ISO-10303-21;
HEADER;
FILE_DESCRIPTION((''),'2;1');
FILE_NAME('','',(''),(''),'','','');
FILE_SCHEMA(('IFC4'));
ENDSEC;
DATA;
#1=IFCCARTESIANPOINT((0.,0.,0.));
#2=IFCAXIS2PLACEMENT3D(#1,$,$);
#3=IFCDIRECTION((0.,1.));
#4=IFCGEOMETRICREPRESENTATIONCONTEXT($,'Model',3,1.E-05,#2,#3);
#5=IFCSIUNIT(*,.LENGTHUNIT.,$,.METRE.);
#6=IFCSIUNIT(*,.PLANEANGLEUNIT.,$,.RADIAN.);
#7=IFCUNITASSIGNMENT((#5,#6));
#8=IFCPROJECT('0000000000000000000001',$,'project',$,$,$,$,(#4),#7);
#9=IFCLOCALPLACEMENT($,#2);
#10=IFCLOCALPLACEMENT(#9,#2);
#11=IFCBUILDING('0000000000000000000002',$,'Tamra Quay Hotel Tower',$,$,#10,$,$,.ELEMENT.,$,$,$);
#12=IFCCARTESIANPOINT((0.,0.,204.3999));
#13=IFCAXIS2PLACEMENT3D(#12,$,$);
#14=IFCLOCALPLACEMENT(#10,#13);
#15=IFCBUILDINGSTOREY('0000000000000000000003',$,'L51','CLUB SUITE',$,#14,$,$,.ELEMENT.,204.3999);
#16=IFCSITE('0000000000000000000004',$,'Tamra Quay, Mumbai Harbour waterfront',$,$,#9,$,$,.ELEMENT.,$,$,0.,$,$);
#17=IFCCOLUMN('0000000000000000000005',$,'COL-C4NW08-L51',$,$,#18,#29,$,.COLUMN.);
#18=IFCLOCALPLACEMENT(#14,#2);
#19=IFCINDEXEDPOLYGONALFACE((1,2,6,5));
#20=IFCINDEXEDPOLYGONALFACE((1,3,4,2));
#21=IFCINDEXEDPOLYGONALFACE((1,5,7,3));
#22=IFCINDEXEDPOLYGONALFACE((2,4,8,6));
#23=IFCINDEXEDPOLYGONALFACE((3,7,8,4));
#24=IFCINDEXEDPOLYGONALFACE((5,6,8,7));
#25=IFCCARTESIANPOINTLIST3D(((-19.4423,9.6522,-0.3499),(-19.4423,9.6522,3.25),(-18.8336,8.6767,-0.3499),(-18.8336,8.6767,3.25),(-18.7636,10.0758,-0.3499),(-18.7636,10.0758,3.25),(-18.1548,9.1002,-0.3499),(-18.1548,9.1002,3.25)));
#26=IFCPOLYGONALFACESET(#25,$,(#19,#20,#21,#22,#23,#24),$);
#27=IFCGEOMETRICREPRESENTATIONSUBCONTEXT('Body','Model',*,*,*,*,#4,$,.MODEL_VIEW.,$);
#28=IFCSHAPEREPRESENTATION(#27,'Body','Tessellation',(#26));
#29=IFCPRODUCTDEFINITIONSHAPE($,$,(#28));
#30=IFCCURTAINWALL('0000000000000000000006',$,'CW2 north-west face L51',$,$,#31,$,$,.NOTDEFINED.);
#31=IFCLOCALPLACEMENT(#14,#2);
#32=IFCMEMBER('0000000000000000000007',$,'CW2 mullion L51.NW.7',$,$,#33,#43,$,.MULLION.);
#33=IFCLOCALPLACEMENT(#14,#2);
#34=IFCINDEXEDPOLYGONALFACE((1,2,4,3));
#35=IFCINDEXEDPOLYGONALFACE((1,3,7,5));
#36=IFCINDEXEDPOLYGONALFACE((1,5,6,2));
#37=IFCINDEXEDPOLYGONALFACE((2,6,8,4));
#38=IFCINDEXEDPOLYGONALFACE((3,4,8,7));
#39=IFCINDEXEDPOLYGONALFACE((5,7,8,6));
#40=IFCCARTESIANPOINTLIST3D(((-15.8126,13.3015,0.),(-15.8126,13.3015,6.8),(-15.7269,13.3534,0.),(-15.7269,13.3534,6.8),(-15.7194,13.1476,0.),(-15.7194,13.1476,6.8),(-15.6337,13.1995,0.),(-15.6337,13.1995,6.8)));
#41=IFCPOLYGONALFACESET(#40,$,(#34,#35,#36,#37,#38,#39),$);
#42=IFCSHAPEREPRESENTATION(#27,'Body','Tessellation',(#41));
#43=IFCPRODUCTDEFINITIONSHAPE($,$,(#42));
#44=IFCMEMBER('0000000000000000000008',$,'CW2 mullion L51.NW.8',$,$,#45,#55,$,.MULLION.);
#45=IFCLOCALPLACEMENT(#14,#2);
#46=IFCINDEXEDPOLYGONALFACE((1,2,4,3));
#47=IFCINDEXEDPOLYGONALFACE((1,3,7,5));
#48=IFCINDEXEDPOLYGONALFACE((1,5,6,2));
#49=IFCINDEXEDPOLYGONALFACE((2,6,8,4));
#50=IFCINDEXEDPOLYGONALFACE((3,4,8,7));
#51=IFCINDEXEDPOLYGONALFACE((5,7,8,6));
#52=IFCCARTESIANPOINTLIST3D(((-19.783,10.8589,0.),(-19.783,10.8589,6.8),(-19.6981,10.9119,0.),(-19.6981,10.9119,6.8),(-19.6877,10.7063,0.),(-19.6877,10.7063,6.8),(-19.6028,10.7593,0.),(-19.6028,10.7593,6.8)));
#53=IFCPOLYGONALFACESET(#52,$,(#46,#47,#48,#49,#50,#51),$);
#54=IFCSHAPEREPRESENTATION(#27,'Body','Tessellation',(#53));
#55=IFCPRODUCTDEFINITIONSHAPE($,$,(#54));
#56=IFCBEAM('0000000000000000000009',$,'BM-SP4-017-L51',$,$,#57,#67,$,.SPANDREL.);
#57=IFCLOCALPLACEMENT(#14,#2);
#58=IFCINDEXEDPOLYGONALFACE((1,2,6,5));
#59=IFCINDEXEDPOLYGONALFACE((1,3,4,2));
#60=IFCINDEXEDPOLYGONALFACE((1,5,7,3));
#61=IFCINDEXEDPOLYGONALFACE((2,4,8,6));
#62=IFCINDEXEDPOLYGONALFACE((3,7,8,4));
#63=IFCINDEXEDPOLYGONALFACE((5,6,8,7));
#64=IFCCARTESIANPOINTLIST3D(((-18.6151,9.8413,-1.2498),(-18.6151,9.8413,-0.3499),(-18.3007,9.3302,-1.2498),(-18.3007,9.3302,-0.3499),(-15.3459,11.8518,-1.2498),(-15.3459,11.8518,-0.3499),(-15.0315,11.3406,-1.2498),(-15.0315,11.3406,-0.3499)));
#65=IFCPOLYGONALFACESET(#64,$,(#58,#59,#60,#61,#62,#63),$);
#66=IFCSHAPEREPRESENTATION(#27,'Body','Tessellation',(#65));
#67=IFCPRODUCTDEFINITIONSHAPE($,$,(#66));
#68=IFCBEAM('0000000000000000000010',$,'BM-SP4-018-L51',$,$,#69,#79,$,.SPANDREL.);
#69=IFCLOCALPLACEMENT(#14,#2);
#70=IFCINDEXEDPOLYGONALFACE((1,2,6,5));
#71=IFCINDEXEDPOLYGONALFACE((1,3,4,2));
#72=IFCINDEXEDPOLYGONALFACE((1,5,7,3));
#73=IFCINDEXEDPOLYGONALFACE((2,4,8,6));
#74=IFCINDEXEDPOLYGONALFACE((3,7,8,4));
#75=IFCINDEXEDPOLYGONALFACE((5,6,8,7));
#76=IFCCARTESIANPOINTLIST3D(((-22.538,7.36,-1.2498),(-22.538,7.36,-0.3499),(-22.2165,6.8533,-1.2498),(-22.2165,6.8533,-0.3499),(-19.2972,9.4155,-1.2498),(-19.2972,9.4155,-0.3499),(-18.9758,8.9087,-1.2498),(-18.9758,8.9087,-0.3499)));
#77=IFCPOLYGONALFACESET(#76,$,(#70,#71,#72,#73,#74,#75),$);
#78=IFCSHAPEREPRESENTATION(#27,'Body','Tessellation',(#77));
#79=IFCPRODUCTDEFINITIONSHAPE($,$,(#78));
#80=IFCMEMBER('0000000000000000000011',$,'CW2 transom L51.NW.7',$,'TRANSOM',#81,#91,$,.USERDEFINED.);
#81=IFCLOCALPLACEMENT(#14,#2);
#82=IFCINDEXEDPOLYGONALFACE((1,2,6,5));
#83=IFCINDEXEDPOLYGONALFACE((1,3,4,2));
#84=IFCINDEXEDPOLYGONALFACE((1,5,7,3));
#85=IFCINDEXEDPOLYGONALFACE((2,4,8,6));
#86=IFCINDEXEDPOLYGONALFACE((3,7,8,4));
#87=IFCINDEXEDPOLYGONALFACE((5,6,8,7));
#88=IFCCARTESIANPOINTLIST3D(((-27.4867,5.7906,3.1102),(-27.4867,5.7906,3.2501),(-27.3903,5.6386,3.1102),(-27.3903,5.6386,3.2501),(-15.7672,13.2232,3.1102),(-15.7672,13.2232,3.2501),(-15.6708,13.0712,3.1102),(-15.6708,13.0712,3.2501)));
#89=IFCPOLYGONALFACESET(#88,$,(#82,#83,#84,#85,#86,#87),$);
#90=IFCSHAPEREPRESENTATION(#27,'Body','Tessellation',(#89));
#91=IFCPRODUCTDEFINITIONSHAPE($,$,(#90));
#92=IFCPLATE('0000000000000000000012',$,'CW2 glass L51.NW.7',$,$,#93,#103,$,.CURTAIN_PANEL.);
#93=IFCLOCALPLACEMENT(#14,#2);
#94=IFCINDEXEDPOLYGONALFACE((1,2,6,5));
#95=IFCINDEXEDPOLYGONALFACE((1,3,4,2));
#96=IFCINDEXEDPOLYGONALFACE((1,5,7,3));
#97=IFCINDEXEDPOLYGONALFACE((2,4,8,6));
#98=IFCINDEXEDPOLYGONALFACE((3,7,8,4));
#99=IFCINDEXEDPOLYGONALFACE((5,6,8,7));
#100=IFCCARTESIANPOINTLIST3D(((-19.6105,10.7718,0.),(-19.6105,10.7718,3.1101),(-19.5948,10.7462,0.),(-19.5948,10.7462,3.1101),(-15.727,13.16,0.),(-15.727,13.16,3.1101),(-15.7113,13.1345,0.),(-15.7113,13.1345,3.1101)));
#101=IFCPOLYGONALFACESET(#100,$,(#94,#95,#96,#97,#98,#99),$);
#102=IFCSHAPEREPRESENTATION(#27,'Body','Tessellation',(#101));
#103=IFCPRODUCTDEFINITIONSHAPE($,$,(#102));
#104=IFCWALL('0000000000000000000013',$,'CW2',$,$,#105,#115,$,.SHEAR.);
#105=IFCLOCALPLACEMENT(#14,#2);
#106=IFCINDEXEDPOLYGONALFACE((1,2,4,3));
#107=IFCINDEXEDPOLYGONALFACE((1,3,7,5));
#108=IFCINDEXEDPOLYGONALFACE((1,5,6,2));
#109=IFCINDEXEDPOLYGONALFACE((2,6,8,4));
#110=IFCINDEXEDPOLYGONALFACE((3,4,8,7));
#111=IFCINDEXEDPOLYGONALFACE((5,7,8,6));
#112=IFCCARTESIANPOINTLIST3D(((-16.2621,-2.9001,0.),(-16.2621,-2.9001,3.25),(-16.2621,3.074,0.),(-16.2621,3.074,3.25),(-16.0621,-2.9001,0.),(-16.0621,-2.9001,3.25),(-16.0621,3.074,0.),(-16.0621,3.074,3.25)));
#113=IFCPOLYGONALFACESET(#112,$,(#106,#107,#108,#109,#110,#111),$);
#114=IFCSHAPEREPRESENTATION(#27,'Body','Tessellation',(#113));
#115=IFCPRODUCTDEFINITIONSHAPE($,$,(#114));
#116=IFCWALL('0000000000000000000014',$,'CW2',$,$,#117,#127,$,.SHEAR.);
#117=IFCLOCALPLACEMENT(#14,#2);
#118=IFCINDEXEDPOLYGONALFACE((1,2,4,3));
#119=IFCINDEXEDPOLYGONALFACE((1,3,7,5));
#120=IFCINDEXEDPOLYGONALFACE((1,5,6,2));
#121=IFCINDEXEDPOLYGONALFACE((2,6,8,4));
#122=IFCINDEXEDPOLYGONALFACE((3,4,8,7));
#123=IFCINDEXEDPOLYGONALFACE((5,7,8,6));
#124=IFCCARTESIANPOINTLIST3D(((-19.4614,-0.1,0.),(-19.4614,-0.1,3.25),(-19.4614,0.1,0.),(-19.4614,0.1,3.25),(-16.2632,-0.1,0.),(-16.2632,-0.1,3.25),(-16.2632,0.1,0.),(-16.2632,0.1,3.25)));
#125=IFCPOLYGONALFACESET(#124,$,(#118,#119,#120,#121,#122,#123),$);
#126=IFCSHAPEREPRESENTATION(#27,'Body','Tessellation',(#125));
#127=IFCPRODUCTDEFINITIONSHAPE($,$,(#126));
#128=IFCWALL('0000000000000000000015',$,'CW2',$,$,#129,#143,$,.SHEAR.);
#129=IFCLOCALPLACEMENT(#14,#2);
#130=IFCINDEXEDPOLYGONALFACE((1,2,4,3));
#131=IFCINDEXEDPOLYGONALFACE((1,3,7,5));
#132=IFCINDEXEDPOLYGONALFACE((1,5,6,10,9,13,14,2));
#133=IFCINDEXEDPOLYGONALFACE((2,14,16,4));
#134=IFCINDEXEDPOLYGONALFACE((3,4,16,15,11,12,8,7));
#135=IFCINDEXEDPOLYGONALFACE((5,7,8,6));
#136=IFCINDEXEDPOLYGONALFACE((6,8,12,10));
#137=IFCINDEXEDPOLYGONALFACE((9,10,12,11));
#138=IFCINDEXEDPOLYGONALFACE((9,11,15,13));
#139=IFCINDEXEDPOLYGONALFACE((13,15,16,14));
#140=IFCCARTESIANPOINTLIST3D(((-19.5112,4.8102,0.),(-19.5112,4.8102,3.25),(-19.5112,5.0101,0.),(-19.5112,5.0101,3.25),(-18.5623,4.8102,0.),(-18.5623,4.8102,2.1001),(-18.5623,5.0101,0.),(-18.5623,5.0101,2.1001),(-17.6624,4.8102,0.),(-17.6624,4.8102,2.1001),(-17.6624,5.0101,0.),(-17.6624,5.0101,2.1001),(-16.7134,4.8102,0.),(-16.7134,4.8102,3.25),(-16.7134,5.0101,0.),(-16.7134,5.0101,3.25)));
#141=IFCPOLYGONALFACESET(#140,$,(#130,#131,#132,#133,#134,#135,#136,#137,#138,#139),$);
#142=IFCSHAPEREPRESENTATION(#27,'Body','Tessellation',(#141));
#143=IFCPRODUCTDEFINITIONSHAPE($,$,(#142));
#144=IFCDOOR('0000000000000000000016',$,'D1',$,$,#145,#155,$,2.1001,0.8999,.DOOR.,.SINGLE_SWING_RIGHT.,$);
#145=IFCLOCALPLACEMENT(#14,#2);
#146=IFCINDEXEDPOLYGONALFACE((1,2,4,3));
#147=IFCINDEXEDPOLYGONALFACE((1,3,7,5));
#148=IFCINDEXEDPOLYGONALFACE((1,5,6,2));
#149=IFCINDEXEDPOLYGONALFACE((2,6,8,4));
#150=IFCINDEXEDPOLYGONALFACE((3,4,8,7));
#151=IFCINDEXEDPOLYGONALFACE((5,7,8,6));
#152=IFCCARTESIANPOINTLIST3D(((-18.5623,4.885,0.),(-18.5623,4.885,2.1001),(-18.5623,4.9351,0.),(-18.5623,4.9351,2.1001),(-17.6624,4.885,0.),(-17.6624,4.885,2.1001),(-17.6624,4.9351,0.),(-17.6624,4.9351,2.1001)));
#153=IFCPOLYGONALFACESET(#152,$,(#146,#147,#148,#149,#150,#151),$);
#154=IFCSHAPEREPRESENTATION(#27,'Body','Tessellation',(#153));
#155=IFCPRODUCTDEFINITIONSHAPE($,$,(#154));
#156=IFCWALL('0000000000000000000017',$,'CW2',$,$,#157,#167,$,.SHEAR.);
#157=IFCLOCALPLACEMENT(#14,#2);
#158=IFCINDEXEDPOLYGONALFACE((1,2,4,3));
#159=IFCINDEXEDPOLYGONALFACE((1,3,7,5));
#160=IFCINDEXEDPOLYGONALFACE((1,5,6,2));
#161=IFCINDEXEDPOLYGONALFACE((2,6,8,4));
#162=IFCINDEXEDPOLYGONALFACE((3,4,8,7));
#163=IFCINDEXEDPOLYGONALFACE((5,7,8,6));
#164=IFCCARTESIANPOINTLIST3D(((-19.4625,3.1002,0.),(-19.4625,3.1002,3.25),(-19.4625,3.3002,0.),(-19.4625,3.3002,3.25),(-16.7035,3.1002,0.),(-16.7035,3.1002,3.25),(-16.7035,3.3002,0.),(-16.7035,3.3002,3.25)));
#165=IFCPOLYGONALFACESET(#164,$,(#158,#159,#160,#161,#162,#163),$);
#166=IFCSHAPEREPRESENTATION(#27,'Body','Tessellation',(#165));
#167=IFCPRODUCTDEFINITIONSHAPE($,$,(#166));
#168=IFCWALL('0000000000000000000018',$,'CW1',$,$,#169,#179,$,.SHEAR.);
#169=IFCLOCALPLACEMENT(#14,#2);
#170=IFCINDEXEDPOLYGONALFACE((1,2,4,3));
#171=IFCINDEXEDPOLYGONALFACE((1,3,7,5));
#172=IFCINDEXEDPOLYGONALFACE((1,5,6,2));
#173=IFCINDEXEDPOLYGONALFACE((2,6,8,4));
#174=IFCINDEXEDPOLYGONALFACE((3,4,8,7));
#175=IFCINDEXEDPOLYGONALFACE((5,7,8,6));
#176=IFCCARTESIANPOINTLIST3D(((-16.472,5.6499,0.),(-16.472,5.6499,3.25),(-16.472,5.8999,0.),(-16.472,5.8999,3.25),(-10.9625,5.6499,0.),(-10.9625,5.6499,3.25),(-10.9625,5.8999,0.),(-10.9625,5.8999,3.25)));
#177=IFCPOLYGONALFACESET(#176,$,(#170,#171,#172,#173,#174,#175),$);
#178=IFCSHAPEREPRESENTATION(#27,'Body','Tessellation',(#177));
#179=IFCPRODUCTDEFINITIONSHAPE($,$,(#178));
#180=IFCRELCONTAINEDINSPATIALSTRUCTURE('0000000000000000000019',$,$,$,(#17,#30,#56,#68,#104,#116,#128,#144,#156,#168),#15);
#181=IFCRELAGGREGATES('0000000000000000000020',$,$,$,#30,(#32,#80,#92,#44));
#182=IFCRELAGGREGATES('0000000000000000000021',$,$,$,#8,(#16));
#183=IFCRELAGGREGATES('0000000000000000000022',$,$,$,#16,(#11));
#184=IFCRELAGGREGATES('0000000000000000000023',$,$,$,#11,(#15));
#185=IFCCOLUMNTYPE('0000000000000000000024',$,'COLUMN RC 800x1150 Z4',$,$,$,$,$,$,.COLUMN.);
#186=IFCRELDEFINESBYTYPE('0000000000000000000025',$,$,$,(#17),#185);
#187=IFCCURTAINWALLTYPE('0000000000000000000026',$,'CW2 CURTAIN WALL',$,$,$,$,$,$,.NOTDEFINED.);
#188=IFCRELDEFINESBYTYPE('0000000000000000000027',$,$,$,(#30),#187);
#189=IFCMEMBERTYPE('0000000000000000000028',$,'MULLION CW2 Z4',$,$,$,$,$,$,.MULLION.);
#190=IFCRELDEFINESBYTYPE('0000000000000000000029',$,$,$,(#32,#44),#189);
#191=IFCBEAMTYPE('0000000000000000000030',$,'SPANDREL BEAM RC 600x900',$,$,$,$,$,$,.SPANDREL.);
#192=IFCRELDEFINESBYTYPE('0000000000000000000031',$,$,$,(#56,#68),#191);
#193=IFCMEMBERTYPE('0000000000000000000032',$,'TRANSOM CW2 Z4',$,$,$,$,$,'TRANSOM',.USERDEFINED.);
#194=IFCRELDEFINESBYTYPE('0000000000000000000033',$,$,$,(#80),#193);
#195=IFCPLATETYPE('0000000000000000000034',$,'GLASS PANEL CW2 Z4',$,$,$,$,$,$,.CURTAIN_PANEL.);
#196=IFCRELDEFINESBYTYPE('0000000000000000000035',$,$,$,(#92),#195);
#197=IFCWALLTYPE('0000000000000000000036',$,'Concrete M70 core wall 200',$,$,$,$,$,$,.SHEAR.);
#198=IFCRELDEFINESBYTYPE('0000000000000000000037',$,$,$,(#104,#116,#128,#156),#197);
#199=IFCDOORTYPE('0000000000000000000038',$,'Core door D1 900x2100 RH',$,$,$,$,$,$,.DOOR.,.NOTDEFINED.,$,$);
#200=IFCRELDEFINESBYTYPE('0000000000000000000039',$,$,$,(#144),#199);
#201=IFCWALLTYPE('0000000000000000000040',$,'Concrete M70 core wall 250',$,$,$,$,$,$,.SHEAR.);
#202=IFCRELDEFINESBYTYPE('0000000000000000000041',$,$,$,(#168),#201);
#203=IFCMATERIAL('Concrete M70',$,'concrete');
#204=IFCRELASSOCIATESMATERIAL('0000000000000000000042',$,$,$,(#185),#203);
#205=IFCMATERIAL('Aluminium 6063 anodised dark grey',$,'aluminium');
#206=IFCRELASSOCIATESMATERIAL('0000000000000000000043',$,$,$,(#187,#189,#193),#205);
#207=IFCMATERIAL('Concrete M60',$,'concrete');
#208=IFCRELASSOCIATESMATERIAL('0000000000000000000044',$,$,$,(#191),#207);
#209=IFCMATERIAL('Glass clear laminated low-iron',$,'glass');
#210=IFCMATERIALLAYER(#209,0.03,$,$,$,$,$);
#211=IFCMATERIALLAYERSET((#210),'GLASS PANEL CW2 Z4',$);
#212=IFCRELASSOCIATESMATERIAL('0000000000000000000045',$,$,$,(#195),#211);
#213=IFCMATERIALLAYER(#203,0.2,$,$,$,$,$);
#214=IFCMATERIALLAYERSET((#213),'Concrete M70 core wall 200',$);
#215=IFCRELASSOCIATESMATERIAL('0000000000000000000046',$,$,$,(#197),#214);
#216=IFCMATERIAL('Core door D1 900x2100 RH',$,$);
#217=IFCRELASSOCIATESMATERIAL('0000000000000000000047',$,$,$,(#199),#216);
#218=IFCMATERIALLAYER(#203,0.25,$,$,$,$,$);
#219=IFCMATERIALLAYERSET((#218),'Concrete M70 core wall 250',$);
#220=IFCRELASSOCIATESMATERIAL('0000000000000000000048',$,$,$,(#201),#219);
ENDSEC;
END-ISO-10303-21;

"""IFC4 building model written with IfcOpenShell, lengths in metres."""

from ifc_helpers import new_model, si_unit, direction, frame, frame_2d, origin, origin_2d, place, context, subcontext, project, spatial, rectangle, extrude, material, layer, layer_set, material_profile, profile_set, type_object, element, fill, aggregate, save


model = new_model("IFC4")

# Units and contexts
model_context = context("Model", 3, precision=1e-05, world=origin(), true_north=direction((0.0, 1.0)))
body_context = subcontext(model_context, "Body", "Model", "MODEL_VIEW")
ifc_project = project(units=[si_unit("LENGTHUNIT", "METRE"), si_unit("PLANEANGLEUNIT", "RADIAN")], contexts=[model_context])

# Site, building, storey
site_placement = place(None, origin())
site = spatial("IfcSite", under=ifc_project, at=site_placement, Name="Tamra Quay, Mumbai Harbour waterfront", CompositionType="ELEMENT", RefElevation=0.0)
building_placement = place(site_placement, origin())
building = spatial("IfcBuilding", under=site, at=building_placement, Name="Tamra Quay Hotel Tower", CompositionType="ELEMENT")
storey_placement = place(building_placement, frame((0.0, 0.0, 204.3999)))
storey = spatial("IfcBuildingStorey", under=building, at=storey_placement, Name="L51", Description="CLUB SUITE", CompositionType="ELEMENT", Elevation=204.3999)

# Column
ifc_material_1 = material(Name="Concrete M70", Category="concrete")
ifc_material_profile_1 = material_profile(ifc_material_1, rectangle(XDim=1.1499, YDim=0.8, at=origin_2d()), Name="COLUMN RC 800x1150 Z4")
ifc_profile_set_1 = profile_set([ifc_material_profile_1], Name="Concrete M70")
column_type = type_object("IfcColumnType", Name="COLUMN RC 800x1150 Z4", PredefinedType="COLUMN", material=ifc_profile_set_1)
column_placement = place(storey_placement, frame((-18.7986, 9.3762, -0.3499), z_axis=(0.0, 0.0, 1.0), x_axis=(-0.52941, 0.848366, 0.0)))
element("IfcColumn", 1, at=column_placement, inside=storey, type_object=column_type, Name="COL-C4NW08-L51", PredefinedType="COLUMN", context=body_context, shape_type="SweptSolid", body=[
    extrude(rectangle(XDim=1.1499, YDim=0.8, at=origin_2d()), origin(), (0.0, 0.0, 1.0), 3.5999),
])

# Curtain wall, members
ifc_material_2 = material(Name="Aluminium 6063 anodised dark grey", Category="aluminium")
curtain_wall_type = type_object("IfcCurtainWallType", Name="CW2 CURTAIN WALL", PredefinedType="NOTDEFINED", material=ifc_material_2)
curtain_wall_placement = place(storey_placement, origin())
curtain_wall = element("IfcCurtainWall", 2, at=curtain_wall_placement, inside=storey, type_object=curtain_wall_type, Name="CW2 north-west face L51", PredefinedType="NOTDEFINED")
ifc_material_profile_2 = material_profile(ifc_material_2, rectangle(XDim=0.1799, YDim=0.1001, at=origin_2d()), Name="MULLION 100X180")
ifc_profile_set_2 = profile_set([ifc_material_profile_2], Name="Aluminium 6063 anodised dark grey")
member_type_1 = type_object("IfcMemberType", Name="MULLION CW2 Z4", PredefinedType="MULLION", material=ifc_profile_set_2)
member_1_placement = place(storey_placement, frame((-15.7231, 13.2505, 0.0), z_axis=(0.0, 0.0, 1.0), x_axis=(-0.517923, 0.855428, 0.0)))
member_1 = element("IfcMember", 3, at=member_1_placement, type_object=member_type_1, Name="CW2 mullion L51.NW.7", PredefinedType="MULLION", context=body_context, shape_type="SweptSolid", body=[
    extrude(rectangle(XDim=0.1799, YDim=0.1001, at=origin_2d()), origin(), (0.0, 0.0, 1.0), 6.8),
])
member_2_placement = place(storey_placement, frame((-19.6929, 10.8091, 0.0), z_axis=(0.0, 0.0, 1.0), x_axis=(-0.529731, 0.848166, 0.0)))
member_2 = element("IfcMember", 4, at=member_2_placement, type_object=member_type_1, Name="CW2 mullion L51.NW.8", PredefinedType="MULLION", context=body_context, shape_type="SweptSolid", body=[
    extrude(rectangle(XDim=0.1799, YDim=0.1001, at=origin_2d()), origin(), (0.0, 0.0, 1.0), 6.8),
])

# Beams
ifc_material_3 = material(Name="Concrete M60", Category="concrete")
ifc_material_profile_3 = material_profile(ifc_material_3, rectangle(XDim=0.6001, YDim=0.8999, at=origin_2d()), Name="SPANDREL BEAM RC 600x900")
ifc_profile_set_3 = profile_set([ifc_material_profile_3], Name="Concrete M60")
beam_type = type_object("IfcBeamType", Name="SPANDREL BEAM RC 600x900", PredefinedType="SPANDREL", material=ifc_profile_set_3)
beam_1_placement = place(storey_placement, frame((-15.1887, 11.5962, -0.7998), z_axis=(-0.851818, -0.523838, 0.0), x_axis=(0.523838, -0.851818, 0.0)))
element("IfcBeam", 5, at=beam_1_placement, inside=storey, type_object=beam_type, Name="BM-SP4-017-L51", PredefinedType="SPANDREL", context=body_context, shape_type="SweptSolid", body=[
    extrude(rectangle(XDim=0.6001, YDim=0.8999, at=origin_2d()), origin(), (0.0, 0.0, 1.0), 3.8379),
])
beam_2_placement = place(storey_placement, frame((-19.1365, 9.1621, -0.7998), z_axis=(-0.84447, -0.535603, 0.0), x_axis=(0.535603, -0.84447, 0.0)))
element("IfcBeam", 6, at=beam_2_placement, inside=storey, type_object=beam_type, Name="BM-SP4-018-L51", PredefinedType="SPANDREL", context=body_context, shape_type="SweptSolid", body=[
    extrude(rectangle(XDim=0.6001, YDim=0.8999, at=origin_2d()), origin(), (0.0, 0.0, 1.0), 3.8376),
])

# Member
ifc_material_profile_4 = material_profile(ifc_material_2, rectangle(XDim=0.1799, YDim=0.1399, at=origin_2d()), Name="TRANSOM 180X140")
ifc_profile_set_4 = profile_set([ifc_material_profile_4], Name="Aluminium 6063 anodised dark grey")
member_type_2 = type_object("IfcMemberType", Name="TRANSOM CW2 Z4", ElementType="TRANSOM", PredefinedType="USERDEFINED", material=ifc_profile_set_4)
member_3_placement = place(storey_placement, frame((-15.719, 13.1472, 3.1802), z_axis=(-0.844484, -0.535581, 0.0), x_axis=(0.535581, -0.844484, 0.0)))
member_3 = element("IfcMember", 7, at=member_3_placement, type_object=member_type_2, Name="CW2 transom L51.NW.7", ObjectType="TRANSOM", PredefinedType="USERDEFINED", context=body_context, shape_type="SweptSolid", body=[
    extrude(rectangle(XDim=0.1799, YDim=0.1399, at=origin_2d()), origin(), (0.0, 0.0, 1.0), 13.8777),
])

# Plate
ifc_material_4 = material(Name="Glass clear laminated low-iron", Category="glass")
ifc_layer_1 = layer(ifc_material_4, 0.03)
ifc_layer_set_1 = layer_set([ifc_layer_1], Name="GLASS PANEL CW2 Z4")
plate_type = type_object("IfcPlateType", Name="GLASS PANEL CW2 Z4", PredefinedType="CURTAIN_PANEL", material=ifc_layer_set_1)
plate_placement = place(storey_placement, frame((-17.6609, 11.9531, 0.0), z_axis=(0.0, 0.0, 1.0), x_axis=(-0.851815, -0.523843, 0.0)))
plate = element("IfcPlate", 8, at=plate_placement, type_object=plate_type, Name="CW2 glass L51.NW.7", PredefinedType="CURTAIN_PANEL", context=body_context, shape_type="SweptSolid", body=[
    extrude(rectangle(XDim=4.5591, YDim=0.03, at=origin_2d()), origin(), (0.0, 0.0, 1.0), 3.1101),
])
aggregate(curtain_wall, [member_1, member_3, plate, member_2])

# Walls
ifc_layer_2 = layer(ifc_material_1, 0.2)
ifc_layer_set_2 = layer_set([ifc_layer_2], Name="Concrete M70 core wall 200")
wall_type_1 = type_object("IfcWallType", Name="Concrete M70 core wall 200", PredefinedType="SHEAR", material=ifc_layer_set_2)
wall_1_placement = place(storey_placement, frame((-16.1621, 3.074, 0.0), z_axis=(0.0, 0.0, 1.0), x_axis=(0.0, -1.0, 0.0)))
element("IfcWall", 9, at=wall_1_placement, inside=storey, type_object=wall_type_1, Name="CW2", PredefinedType="SHEAR", context=body_context, shape_type="SweptSolid", body=[
    extrude(rectangle(XDim=5.9741, YDim=0.2, at=frame_2d((2.9871, 0.0))), origin(), (0.0, 0.0, 1.0), 3.25),
])
wall_2_placement = place(storey_placement, frame((-16.2632, 0.0, 0.0), z_axis=(0.0, 0.0, 1.0), x_axis=(-1.0, 0.0, 0.0)))
element("IfcWall", 10, at=wall_2_placement, inside=storey, type_object=wall_type_1, Name="CW2", PredefinedType="SHEAR", context=body_context, shape_type="SweptSolid", body=[
    extrude(rectangle(XDim=3.1982, YDim=0.2, at=frame_2d((1.5991, 0.0))), origin(), (0.0, 0.0, 1.0), 3.25),
])

# Wall, opening, door
wall_3_placement = place(storey_placement, frame((-19.5112, 4.9102, 0.0), z_axis=(0.0, 0.0, 1.0), x_axis=(1.0, 0.0, 0.0)))
wall_3 = element("IfcWall", 11, at=wall_3_placement, inside=storey, type_object=wall_type_1, Name="CW2", PredefinedType="SHEAR", context=body_context, shape_type="SweptSolid", body=[
    extrude(rectangle(XDim=2.7979, YDim=0.2, at=frame_2d((1.3989, 0.0))), origin(), (0.0, 0.0, 1.0), 3.25),
])
opening_placement = place(wall_3_placement, frame((0.949, 0.0, 0.0)))
opening = element("IfcOpeningElement", 12, at=opening_placement, cuts=wall_3, PredefinedType="OPENING", context=body_context, shape_type="SweptSolid", body=[
    extrude(rectangle(XDim=0.8999, YDim=2.1001, at=frame_2d((0.45, 1.05))), frame((0.0, 0.1099, 0.0), z_axis=(0.0, -1.0, 0.0), x_axis=(1.0, 0.0, 0.0)), (0.0, 0.0, 1.0), 0.22),
])
ifc_material_5 = material(Name="Core door D1 900x2100 RH")
door_type = type_object("IfcDoorType", Name="Core door D1 900x2100 RH", OperationType="NOTDEFINED", PredefinedType="DOOR", material=ifc_material_5)
door_placement = place(opening_placement, origin())
door = element("IfcDoor", 13, at=door_placement, inside=storey, type_object=door_type, Name="D1", OperationType="SINGLE_SWING_RIGHT", OverallHeight=2.1001, OverallWidth=0.8999, PredefinedType="DOOR", context=body_context, shape_type="SweptSolid", body=[
    extrude(rectangle(XDim=0.8999, YDim=2.1001, at=frame_2d((0.45, 1.05))), frame((0.0, 0.0249, 0.0), z_axis=(0.0, -1.0, 0.0), x_axis=(1.0, 0.0, 0.0)), (0.0, 0.0, 1.0), 0.05),
])
fill(opening, door)

# Walls
wall_4_placement = place(storey_placement, frame((-19.4624, 3.2002, 0.0), z_axis=(0.0, 0.0, 1.0), x_axis=(1.0, 0.0, 0.0)))
element("IfcWall", 14, at=wall_4_placement, inside=storey, type_object=wall_type_1, Name="CW2", PredefinedType="SHEAR", context=body_context, shape_type="SweptSolid", body=[
    extrude(rectangle(XDim=2.759, YDim=0.2, at=frame_2d((1.3794, 0.0))), origin(), (0.0, 0.0, 1.0), 3.25),
])
ifc_layer_3 = layer(ifc_material_1, 0.25)
ifc_layer_set_3 = layer_set([ifc_layer_3], Name="Concrete M70 core wall 250")
wall_type_2 = type_object("IfcWallType", Name="Concrete M70 core wall 250", PredefinedType="SHEAR", material=ifc_layer_set_3)
wall_5_placement = place(storey_placement, frame((-16.4722, 5.7749, 0.0), z_axis=(0.0, 0.0, 1.0), x_axis=(1.0, 0.0, 0.0)))
element("IfcWall", 15, at=wall_5_placement, inside=storey, type_object=wall_type_2, Name="CW1", PredefinedType="SHEAR", context=body_context, shape_type="SweptSolid", body=[
    extrude(rectangle(XDim=5.5095, YDim=0.25, at=frame_2d((2.7549, 0.0))), origin(), (0.0, 0.0, 1.0), 3.25),
])

save(model, "model.ifc")
